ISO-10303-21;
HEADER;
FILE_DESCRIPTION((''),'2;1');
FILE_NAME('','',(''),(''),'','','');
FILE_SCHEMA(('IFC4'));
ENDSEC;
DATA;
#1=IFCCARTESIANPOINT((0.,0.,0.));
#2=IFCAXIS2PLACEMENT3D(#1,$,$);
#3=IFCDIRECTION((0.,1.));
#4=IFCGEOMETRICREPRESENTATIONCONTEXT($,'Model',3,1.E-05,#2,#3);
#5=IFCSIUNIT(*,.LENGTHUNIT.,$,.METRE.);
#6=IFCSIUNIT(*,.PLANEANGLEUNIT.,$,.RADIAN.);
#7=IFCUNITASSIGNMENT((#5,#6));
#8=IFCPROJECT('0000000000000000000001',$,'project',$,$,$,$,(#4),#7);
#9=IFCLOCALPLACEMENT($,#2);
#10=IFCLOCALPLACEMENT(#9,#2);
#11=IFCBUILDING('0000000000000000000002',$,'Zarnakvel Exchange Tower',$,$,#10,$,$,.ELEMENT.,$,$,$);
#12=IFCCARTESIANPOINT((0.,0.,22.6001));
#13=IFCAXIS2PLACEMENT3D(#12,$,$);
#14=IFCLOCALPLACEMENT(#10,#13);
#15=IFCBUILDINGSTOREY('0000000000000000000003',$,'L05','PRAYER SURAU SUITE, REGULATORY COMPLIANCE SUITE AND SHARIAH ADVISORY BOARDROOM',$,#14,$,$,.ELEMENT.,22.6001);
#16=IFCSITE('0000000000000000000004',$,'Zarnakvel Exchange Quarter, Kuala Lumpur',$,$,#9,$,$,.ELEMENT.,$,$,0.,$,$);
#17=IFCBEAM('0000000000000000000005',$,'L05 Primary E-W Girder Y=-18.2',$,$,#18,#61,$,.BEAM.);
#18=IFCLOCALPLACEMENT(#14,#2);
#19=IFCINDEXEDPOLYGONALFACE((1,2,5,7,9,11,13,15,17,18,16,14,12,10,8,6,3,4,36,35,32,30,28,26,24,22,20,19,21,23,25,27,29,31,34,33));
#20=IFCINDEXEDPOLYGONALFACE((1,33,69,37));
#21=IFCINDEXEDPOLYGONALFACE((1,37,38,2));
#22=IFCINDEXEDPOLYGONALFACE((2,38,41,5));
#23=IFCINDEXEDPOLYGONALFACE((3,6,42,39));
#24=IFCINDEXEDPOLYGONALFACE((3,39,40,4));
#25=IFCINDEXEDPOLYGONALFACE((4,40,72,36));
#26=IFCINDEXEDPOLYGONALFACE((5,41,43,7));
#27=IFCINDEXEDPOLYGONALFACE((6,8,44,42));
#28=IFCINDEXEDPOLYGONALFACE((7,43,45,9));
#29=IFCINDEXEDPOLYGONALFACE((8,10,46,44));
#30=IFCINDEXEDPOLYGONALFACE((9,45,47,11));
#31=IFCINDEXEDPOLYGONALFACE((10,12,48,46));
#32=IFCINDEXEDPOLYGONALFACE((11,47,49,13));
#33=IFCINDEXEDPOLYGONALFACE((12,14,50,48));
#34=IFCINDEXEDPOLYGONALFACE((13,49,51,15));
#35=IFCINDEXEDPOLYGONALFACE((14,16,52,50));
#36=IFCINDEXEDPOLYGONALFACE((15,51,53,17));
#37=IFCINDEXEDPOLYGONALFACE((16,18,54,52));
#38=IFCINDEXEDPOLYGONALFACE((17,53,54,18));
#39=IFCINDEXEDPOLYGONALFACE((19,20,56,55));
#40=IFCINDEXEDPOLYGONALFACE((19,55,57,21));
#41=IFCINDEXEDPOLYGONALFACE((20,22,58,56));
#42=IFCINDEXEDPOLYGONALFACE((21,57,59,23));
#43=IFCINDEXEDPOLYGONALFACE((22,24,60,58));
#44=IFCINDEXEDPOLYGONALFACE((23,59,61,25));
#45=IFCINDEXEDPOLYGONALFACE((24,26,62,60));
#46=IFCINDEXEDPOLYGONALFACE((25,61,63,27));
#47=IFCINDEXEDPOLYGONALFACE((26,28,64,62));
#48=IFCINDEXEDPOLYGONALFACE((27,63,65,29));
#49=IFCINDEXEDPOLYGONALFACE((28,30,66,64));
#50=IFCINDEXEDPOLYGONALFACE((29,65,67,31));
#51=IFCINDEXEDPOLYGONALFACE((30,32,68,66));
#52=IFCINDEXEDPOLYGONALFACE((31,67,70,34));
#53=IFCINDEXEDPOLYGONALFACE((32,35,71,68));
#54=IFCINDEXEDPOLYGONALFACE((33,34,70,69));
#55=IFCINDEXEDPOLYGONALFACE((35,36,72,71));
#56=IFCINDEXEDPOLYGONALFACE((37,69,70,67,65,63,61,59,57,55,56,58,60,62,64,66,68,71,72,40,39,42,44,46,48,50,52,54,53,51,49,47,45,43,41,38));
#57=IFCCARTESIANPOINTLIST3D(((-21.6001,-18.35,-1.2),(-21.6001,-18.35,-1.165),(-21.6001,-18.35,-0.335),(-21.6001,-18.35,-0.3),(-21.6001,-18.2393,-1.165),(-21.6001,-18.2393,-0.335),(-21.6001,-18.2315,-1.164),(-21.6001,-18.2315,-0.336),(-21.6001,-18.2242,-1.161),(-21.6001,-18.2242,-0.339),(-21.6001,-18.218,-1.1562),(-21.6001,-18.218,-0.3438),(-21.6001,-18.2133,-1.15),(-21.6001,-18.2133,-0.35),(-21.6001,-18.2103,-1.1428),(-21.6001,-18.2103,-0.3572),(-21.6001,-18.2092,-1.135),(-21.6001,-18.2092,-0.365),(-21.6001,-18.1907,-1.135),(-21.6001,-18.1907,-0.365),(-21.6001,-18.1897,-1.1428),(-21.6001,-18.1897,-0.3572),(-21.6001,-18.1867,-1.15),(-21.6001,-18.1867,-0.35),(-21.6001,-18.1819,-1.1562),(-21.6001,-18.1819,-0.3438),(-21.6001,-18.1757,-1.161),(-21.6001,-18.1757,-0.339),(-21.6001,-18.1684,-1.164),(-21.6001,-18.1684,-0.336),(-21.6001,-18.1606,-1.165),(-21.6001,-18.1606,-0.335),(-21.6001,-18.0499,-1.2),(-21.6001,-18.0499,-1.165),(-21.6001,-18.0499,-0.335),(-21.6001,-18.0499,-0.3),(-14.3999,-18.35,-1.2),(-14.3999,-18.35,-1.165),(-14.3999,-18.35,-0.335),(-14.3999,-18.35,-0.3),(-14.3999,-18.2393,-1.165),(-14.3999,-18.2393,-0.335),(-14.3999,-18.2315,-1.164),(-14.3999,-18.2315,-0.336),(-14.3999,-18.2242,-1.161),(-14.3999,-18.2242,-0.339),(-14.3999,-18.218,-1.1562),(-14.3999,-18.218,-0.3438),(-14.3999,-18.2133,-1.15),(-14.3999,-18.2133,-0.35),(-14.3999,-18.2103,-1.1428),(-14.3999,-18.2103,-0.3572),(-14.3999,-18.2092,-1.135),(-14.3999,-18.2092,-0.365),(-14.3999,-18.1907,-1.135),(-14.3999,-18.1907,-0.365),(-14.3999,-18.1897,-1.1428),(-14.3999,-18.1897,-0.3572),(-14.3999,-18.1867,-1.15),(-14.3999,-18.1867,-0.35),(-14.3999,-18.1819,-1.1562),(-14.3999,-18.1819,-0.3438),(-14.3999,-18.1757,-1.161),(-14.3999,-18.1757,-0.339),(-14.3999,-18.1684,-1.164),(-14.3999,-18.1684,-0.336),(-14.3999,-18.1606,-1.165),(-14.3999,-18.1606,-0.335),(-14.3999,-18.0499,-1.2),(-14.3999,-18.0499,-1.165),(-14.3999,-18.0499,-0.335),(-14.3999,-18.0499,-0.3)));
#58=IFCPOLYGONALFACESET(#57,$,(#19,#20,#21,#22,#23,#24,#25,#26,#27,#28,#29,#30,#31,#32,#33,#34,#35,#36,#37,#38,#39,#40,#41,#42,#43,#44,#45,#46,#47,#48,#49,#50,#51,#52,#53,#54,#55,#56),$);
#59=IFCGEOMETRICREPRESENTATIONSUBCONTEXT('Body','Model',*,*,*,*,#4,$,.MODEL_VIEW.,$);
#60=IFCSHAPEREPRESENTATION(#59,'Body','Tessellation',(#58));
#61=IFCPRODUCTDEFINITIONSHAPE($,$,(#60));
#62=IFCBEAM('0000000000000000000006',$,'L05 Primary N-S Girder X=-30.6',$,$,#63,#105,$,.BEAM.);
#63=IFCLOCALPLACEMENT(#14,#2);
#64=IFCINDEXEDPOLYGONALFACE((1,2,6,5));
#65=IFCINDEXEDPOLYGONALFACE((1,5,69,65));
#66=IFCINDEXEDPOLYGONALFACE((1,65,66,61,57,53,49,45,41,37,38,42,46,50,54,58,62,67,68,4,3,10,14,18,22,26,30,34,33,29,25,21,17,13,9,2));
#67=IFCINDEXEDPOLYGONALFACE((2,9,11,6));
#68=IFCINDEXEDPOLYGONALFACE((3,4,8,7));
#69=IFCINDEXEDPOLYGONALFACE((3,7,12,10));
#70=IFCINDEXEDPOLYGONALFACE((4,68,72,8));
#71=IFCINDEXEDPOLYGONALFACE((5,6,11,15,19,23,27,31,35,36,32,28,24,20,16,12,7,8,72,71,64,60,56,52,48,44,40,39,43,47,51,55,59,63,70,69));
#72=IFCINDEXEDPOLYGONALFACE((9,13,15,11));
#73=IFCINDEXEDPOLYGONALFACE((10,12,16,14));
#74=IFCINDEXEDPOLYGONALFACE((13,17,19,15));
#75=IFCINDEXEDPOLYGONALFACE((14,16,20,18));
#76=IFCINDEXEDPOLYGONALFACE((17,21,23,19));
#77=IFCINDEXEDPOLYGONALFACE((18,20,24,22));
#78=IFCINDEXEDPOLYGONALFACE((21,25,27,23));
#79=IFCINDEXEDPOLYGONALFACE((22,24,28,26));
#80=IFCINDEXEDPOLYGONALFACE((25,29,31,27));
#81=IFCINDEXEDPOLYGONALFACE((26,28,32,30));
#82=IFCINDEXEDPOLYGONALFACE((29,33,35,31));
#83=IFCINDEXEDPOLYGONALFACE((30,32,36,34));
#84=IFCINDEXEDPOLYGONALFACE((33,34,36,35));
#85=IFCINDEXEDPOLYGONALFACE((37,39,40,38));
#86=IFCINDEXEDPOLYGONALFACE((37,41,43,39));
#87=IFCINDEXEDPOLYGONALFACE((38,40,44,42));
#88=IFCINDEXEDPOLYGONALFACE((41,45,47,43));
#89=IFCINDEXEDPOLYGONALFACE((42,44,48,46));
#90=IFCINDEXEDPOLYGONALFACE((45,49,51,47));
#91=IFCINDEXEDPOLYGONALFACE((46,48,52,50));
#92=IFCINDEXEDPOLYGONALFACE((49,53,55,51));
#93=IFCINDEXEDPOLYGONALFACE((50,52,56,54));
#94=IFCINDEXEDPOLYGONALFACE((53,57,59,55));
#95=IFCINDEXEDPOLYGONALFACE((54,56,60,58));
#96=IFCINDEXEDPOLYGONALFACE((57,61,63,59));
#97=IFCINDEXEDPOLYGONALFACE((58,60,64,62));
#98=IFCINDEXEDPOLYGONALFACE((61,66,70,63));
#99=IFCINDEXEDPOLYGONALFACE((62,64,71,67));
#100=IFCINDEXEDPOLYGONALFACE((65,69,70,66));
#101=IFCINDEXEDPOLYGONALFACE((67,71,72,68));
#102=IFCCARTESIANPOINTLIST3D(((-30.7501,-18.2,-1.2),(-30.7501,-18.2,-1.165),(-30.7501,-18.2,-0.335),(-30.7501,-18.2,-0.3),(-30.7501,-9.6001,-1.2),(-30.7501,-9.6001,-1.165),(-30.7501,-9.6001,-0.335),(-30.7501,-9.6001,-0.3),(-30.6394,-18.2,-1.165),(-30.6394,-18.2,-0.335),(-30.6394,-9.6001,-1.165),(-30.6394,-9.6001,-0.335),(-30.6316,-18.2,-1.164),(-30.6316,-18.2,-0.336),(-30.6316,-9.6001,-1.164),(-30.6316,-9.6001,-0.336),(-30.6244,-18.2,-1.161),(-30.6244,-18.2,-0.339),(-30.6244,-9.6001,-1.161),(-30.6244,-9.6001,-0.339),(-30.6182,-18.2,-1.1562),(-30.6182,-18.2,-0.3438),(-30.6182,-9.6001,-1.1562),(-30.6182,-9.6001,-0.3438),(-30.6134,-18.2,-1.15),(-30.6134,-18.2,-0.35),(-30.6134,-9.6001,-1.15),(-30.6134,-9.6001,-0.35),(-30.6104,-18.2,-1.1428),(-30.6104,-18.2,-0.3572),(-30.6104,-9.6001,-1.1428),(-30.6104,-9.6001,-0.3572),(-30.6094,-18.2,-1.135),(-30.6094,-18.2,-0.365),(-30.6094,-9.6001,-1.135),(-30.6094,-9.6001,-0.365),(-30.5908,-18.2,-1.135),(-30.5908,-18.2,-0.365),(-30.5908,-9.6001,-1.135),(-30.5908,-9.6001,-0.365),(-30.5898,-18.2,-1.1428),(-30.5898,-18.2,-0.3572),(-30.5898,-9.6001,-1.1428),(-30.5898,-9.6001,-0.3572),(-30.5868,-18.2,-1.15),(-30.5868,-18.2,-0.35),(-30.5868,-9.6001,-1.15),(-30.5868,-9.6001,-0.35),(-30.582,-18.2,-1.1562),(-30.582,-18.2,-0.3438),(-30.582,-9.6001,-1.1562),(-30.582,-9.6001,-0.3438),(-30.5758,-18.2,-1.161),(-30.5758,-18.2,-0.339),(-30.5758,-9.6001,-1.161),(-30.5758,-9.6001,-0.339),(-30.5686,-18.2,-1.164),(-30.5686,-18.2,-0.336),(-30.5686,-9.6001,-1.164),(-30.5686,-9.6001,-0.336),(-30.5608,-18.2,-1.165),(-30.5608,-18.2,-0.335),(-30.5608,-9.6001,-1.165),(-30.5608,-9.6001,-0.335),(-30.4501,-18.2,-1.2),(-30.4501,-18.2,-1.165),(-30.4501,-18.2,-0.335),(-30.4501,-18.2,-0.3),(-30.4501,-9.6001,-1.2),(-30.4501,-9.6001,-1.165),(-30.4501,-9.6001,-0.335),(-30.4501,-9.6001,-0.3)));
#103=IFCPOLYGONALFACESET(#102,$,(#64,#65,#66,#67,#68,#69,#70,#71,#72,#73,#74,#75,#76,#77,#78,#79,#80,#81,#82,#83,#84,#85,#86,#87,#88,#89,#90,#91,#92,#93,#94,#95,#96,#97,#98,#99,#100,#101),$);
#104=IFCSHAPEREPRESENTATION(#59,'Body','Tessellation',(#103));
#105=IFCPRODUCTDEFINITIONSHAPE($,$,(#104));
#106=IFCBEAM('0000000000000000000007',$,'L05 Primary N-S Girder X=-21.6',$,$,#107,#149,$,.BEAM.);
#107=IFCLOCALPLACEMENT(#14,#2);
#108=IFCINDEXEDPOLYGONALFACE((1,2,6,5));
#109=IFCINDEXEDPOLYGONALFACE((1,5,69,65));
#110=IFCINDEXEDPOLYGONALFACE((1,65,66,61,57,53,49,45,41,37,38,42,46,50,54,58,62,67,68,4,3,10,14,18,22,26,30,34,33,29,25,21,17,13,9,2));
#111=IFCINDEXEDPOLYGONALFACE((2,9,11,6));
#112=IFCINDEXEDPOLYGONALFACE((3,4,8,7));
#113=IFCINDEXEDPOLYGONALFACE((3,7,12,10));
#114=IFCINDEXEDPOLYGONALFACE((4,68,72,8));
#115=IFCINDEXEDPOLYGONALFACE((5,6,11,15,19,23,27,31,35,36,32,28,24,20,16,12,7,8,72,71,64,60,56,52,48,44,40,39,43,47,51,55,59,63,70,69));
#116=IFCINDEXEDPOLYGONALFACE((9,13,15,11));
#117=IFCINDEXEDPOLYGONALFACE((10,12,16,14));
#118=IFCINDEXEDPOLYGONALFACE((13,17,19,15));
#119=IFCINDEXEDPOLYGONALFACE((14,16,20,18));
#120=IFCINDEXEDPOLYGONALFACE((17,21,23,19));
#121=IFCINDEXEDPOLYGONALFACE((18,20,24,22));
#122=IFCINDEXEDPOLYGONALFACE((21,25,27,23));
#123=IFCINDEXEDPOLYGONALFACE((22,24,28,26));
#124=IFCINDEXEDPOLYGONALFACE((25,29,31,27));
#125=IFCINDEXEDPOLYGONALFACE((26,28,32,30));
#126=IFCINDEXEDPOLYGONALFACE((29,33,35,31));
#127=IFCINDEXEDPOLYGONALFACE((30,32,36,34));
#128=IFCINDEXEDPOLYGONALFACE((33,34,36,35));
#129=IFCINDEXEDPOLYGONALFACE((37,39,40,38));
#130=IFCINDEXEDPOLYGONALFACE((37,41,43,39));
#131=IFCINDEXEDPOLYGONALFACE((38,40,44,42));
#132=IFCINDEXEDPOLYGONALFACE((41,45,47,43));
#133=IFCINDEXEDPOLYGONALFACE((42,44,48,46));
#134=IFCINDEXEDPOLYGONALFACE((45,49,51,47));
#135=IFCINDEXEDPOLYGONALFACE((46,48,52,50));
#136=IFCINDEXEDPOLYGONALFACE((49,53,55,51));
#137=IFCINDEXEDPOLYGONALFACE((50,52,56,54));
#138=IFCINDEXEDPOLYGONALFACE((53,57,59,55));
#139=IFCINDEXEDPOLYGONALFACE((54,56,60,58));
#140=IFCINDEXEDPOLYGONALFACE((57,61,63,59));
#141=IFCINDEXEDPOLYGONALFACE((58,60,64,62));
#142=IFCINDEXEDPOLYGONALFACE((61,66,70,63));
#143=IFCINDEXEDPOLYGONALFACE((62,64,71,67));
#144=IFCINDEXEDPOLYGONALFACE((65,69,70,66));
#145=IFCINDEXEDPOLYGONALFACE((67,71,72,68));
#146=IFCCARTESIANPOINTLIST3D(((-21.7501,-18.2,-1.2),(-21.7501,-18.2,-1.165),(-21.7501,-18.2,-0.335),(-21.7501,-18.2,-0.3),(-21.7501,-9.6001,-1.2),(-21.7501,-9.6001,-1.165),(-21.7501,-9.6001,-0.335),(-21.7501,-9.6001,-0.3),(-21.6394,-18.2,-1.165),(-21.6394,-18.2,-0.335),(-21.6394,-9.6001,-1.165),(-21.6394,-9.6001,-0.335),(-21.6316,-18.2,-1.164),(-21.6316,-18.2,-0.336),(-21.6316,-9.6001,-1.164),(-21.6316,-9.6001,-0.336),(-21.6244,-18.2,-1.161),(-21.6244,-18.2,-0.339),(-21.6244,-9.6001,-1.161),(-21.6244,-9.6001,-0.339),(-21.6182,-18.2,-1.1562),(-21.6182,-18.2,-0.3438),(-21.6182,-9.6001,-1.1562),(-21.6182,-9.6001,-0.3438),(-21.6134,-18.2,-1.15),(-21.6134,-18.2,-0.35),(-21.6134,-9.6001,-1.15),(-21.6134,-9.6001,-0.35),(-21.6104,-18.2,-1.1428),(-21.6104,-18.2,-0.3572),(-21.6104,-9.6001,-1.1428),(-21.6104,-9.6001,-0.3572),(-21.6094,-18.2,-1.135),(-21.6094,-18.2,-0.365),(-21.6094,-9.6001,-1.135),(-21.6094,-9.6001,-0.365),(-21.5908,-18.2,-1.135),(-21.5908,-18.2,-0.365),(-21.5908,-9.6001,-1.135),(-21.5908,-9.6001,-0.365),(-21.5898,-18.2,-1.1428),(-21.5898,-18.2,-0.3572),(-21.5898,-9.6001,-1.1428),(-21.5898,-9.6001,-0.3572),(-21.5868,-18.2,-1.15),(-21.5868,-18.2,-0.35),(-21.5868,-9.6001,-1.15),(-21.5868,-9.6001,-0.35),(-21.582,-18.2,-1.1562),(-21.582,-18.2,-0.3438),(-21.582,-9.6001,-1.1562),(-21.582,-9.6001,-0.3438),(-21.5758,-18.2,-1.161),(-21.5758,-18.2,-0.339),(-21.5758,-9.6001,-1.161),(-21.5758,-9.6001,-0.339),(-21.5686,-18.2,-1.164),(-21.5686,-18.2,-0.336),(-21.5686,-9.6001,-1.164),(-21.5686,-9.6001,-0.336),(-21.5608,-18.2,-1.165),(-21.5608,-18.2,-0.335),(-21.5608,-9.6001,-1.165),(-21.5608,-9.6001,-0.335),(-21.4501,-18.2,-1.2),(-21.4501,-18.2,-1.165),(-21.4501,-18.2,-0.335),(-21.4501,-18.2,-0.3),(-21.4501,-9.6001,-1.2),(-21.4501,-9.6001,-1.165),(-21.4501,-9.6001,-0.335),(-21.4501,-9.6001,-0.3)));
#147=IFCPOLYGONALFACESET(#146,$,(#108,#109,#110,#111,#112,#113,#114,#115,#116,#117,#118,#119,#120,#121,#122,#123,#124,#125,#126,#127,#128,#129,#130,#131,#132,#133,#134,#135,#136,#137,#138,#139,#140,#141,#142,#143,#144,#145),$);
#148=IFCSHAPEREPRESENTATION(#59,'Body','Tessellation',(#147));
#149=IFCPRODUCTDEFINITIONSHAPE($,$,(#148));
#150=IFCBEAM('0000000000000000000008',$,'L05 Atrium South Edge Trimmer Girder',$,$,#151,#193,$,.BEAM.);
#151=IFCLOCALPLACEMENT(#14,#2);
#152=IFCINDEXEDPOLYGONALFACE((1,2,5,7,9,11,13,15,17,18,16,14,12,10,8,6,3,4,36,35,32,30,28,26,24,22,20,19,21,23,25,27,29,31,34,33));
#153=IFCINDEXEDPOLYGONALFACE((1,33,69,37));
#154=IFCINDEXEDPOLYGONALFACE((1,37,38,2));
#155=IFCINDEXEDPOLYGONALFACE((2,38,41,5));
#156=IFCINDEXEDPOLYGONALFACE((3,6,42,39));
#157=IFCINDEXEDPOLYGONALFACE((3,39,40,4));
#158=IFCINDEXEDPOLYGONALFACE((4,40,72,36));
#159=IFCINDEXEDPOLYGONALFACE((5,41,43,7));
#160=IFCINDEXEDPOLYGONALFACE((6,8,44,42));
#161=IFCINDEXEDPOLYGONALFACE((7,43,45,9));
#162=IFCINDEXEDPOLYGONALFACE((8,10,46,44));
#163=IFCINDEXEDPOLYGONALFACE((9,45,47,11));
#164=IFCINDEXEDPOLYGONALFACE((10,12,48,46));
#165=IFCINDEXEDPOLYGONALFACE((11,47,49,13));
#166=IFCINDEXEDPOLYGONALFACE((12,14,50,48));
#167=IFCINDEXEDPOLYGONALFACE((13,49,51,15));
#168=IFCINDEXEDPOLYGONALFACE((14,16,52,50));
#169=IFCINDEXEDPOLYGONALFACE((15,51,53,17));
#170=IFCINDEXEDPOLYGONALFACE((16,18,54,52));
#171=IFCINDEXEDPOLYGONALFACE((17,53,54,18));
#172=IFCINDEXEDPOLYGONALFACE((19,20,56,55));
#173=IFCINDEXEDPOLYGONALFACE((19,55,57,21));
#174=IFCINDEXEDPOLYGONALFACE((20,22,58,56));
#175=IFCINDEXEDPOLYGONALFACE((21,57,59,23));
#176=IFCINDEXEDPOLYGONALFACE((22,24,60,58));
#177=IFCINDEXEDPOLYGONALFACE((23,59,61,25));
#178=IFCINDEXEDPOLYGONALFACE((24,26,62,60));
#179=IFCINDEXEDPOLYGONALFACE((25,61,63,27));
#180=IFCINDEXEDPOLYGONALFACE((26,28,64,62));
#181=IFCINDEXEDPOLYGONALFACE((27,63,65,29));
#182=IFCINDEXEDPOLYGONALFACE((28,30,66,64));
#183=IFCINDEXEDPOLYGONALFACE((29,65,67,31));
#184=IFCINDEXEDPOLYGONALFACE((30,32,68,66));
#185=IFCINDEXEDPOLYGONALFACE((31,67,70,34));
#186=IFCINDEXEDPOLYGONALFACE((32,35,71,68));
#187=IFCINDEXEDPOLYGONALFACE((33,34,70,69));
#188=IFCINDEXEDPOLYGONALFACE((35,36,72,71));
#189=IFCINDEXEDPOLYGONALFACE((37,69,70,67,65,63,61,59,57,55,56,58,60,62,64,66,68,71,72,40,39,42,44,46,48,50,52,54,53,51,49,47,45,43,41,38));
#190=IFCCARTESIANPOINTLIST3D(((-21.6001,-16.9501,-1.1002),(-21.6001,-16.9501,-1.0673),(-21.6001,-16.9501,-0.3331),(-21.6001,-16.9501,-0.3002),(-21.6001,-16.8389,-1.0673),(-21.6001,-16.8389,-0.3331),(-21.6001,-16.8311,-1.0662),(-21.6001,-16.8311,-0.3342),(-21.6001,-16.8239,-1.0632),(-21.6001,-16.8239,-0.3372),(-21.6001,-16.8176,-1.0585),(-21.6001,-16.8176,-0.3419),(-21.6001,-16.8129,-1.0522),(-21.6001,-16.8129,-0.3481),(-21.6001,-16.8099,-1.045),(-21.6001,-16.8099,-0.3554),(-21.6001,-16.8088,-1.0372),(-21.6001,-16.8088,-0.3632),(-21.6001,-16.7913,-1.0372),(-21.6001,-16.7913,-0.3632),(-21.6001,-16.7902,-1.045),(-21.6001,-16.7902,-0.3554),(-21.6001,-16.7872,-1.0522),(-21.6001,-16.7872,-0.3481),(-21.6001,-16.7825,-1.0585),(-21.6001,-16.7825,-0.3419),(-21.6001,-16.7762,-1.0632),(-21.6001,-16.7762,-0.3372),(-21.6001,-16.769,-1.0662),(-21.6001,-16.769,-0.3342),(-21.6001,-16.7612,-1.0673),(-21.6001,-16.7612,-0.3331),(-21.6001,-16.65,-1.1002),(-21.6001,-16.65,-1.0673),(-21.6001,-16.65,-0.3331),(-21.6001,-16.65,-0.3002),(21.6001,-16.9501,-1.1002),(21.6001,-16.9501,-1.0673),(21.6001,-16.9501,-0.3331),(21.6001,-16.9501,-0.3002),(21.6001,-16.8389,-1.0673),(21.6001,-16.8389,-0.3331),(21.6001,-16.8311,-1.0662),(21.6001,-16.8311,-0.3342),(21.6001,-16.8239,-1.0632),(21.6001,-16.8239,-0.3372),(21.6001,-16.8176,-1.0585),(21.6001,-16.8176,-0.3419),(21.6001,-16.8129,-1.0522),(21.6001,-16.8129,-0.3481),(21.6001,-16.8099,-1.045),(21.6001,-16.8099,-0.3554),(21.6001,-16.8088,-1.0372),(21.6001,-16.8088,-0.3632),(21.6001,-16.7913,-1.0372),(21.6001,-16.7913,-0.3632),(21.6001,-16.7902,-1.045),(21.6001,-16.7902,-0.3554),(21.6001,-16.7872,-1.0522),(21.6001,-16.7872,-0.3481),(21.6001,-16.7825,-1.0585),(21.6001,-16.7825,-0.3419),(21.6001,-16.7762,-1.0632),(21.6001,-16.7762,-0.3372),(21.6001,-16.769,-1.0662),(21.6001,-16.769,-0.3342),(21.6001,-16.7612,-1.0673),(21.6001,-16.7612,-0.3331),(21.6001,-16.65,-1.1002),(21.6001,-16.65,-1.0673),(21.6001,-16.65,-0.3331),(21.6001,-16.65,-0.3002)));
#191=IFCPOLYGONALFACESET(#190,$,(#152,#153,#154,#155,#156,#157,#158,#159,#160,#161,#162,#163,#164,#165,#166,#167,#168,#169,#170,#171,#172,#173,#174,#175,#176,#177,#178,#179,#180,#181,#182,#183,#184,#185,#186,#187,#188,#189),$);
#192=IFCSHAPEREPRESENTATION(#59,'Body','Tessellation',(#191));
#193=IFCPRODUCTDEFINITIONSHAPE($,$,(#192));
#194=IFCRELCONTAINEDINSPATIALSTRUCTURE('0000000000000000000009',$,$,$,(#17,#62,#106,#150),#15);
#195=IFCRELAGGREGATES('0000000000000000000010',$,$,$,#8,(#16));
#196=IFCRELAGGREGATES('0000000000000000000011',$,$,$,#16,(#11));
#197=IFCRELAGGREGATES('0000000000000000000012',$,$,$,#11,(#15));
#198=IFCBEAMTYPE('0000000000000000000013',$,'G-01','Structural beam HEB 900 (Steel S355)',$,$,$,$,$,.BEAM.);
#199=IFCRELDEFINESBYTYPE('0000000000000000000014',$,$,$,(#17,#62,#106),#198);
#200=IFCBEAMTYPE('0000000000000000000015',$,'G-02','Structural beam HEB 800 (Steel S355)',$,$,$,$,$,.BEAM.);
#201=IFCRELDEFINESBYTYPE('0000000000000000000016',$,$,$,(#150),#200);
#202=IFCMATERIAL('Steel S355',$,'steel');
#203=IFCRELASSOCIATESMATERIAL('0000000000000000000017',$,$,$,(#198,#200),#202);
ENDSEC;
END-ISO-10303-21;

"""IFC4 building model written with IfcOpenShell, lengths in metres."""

from ifc_helpers import new_model, si_unit, direction, frame, origin, origin_2d, place, context, subcontext, project, spatial, i_section, extrude, material, material_profile, profile_set, type_object, element, save


model = new_model("IFC4")

# Units and contexts
model_context = context("Model", 3, precision=1e-05, world=origin(), true_north=direction((0.0, 1.0)))
body_context = subcontext(model_context, "Body", "Model", "MODEL_VIEW")
ifc_project = project(units=[si_unit("LENGTHUNIT", "METRE"), si_unit("PLANEANGLEUNIT", "RADIAN")], contexts=[model_context])

# Site, building, storey
site_placement = place(None, origin())
site = spatial("IfcSite", under=ifc_project, at=site_placement, Name="Zarnakvel Exchange Quarter, Kuala Lumpur", CompositionType="ELEMENT", RefElevation=0.0)
building_placement = place(site_placement, origin())
building = spatial("IfcBuilding", under=site, at=building_placement, Name="Zarnakvel Exchange Tower", CompositionType="ELEMENT")
storey_placement = place(building_placement, frame((0.0, 0.0, 22.6001)))
storey = spatial("IfcBuildingStorey", under=building, at=storey_placement, Name="L05", Description="PRAYER SURAU SUITE, REGULATORY COMPLIANCE SUITE AND SHARIAH ADVISORY BOARDROOM", CompositionType="ELEMENT", Elevation=22.6001)

# Beams
ifc_material_1 = material(Name="Steel S355", Category="steel")
ifc_material_profile_1 = material_profile(ifc_material_1, i_section(OverallWidth=0.3, OverallDepth=0.8999, WebThickness=0.0186, FlangeThickness=0.0349, FilletRadius=0.03, at=origin_2d()))
ifc_profile_set_1 = profile_set([ifc_material_profile_1], Name="Steel S355")
beam_type_1 = type_object("IfcBeamType", Name="G-01", Description="Structural beam HEB 900 (Steel S355)", PredefinedType="BEAM", material=ifc_profile_set_1)
beam_1_placement = place(storey_placement, frame((-21.6001, -18.2, -0.75), z_axis=(1.0, 0.0, 0.0), x_axis=(0.0, 1.0, 0.0)))
element("IfcBeam", 1, at=beam_1_placement, inside=storey, type_object=beam_type_1, Name="L05 Primary E-W Girder Y=-18.2", PredefinedType="BEAM", context=body_context, shape_type="SweptSolid", body=[
    extrude(i_section(OverallWidth=0.3, OverallDepth=0.8999, WebThickness=0.0186, FlangeThickness=0.0349, FilletRadius=0.03, at=origin_2d()), origin(), (0.0, 0.0, 1.0), 7.2002),
])
for number, where, z_axis, x_axis, name in (
    (2, (-30.6001, -18.2, -0.75), (0.0, 1.0, 0.0), (-1.0, 0.0, 0.0), "L05 Primary N-S Girder X=-30.6"),
    (3, (-21.6001, -18.2, -0.75), (0.0, 1.0, 0.0), (-1.0, 0.0, 0.0), "L05 Primary N-S Girder X=-21.6"),
):
    element("IfcBeam", number, at=place(storey_placement, frame(where, z_axis=z_axis, x_axis=x_axis)), inside=storey, type_object=beam_type_1, Name=name, PredefinedType="BEAM", context=body_context, shape_type="SweptSolid", body=[
        extrude(i_section(OverallWidth=0.3, OverallDepth=0.8999, WebThickness=0.0186, FlangeThickness=0.0349, FilletRadius=0.03, at=origin_2d()), origin(), (0.0, 0.0, 1.0), 8.5999),
    ])
ifc_material_profile_2 = material_profile(ifc_material_1, i_section(OverallWidth=0.3, OverallDepth=0.8, WebThickness=0.0176, FlangeThickness=0.033, FilletRadius=0.03, at=origin_2d()))
ifc_profile_set_2 = profile_set([ifc_material_profile_2], Name="Steel S355")
beam_type_2 = type_object("IfcBeamType", Name="G-02", Description="Structural beam HEB 800 (Steel S355)", PredefinedType="BEAM", material=ifc_profile_set_2)
beam_2_placement = place(storey_placement, frame((-21.6001, -16.8, -0.7002), z_axis=(1.0, 0.0, 0.0), x_axis=(0.0, 1.0, 0.0)))
element("IfcBeam", 4, at=beam_2_placement, inside=storey, type_object=beam_type_2, Name="L05 Atrium South Edge Trimmer Girder", PredefinedType="BEAM", context=body_context, shape_type="SweptSolid", body=[
    extrude(i_section(OverallWidth=0.3, OverallDepth=0.8, WebThickness=0.0176, FlangeThickness=0.033, FilletRadius=0.03, at=origin_2d()), origin(), (0.0, 0.0, 1.0), 43.2002),
])

save(model, "model.ifc")
